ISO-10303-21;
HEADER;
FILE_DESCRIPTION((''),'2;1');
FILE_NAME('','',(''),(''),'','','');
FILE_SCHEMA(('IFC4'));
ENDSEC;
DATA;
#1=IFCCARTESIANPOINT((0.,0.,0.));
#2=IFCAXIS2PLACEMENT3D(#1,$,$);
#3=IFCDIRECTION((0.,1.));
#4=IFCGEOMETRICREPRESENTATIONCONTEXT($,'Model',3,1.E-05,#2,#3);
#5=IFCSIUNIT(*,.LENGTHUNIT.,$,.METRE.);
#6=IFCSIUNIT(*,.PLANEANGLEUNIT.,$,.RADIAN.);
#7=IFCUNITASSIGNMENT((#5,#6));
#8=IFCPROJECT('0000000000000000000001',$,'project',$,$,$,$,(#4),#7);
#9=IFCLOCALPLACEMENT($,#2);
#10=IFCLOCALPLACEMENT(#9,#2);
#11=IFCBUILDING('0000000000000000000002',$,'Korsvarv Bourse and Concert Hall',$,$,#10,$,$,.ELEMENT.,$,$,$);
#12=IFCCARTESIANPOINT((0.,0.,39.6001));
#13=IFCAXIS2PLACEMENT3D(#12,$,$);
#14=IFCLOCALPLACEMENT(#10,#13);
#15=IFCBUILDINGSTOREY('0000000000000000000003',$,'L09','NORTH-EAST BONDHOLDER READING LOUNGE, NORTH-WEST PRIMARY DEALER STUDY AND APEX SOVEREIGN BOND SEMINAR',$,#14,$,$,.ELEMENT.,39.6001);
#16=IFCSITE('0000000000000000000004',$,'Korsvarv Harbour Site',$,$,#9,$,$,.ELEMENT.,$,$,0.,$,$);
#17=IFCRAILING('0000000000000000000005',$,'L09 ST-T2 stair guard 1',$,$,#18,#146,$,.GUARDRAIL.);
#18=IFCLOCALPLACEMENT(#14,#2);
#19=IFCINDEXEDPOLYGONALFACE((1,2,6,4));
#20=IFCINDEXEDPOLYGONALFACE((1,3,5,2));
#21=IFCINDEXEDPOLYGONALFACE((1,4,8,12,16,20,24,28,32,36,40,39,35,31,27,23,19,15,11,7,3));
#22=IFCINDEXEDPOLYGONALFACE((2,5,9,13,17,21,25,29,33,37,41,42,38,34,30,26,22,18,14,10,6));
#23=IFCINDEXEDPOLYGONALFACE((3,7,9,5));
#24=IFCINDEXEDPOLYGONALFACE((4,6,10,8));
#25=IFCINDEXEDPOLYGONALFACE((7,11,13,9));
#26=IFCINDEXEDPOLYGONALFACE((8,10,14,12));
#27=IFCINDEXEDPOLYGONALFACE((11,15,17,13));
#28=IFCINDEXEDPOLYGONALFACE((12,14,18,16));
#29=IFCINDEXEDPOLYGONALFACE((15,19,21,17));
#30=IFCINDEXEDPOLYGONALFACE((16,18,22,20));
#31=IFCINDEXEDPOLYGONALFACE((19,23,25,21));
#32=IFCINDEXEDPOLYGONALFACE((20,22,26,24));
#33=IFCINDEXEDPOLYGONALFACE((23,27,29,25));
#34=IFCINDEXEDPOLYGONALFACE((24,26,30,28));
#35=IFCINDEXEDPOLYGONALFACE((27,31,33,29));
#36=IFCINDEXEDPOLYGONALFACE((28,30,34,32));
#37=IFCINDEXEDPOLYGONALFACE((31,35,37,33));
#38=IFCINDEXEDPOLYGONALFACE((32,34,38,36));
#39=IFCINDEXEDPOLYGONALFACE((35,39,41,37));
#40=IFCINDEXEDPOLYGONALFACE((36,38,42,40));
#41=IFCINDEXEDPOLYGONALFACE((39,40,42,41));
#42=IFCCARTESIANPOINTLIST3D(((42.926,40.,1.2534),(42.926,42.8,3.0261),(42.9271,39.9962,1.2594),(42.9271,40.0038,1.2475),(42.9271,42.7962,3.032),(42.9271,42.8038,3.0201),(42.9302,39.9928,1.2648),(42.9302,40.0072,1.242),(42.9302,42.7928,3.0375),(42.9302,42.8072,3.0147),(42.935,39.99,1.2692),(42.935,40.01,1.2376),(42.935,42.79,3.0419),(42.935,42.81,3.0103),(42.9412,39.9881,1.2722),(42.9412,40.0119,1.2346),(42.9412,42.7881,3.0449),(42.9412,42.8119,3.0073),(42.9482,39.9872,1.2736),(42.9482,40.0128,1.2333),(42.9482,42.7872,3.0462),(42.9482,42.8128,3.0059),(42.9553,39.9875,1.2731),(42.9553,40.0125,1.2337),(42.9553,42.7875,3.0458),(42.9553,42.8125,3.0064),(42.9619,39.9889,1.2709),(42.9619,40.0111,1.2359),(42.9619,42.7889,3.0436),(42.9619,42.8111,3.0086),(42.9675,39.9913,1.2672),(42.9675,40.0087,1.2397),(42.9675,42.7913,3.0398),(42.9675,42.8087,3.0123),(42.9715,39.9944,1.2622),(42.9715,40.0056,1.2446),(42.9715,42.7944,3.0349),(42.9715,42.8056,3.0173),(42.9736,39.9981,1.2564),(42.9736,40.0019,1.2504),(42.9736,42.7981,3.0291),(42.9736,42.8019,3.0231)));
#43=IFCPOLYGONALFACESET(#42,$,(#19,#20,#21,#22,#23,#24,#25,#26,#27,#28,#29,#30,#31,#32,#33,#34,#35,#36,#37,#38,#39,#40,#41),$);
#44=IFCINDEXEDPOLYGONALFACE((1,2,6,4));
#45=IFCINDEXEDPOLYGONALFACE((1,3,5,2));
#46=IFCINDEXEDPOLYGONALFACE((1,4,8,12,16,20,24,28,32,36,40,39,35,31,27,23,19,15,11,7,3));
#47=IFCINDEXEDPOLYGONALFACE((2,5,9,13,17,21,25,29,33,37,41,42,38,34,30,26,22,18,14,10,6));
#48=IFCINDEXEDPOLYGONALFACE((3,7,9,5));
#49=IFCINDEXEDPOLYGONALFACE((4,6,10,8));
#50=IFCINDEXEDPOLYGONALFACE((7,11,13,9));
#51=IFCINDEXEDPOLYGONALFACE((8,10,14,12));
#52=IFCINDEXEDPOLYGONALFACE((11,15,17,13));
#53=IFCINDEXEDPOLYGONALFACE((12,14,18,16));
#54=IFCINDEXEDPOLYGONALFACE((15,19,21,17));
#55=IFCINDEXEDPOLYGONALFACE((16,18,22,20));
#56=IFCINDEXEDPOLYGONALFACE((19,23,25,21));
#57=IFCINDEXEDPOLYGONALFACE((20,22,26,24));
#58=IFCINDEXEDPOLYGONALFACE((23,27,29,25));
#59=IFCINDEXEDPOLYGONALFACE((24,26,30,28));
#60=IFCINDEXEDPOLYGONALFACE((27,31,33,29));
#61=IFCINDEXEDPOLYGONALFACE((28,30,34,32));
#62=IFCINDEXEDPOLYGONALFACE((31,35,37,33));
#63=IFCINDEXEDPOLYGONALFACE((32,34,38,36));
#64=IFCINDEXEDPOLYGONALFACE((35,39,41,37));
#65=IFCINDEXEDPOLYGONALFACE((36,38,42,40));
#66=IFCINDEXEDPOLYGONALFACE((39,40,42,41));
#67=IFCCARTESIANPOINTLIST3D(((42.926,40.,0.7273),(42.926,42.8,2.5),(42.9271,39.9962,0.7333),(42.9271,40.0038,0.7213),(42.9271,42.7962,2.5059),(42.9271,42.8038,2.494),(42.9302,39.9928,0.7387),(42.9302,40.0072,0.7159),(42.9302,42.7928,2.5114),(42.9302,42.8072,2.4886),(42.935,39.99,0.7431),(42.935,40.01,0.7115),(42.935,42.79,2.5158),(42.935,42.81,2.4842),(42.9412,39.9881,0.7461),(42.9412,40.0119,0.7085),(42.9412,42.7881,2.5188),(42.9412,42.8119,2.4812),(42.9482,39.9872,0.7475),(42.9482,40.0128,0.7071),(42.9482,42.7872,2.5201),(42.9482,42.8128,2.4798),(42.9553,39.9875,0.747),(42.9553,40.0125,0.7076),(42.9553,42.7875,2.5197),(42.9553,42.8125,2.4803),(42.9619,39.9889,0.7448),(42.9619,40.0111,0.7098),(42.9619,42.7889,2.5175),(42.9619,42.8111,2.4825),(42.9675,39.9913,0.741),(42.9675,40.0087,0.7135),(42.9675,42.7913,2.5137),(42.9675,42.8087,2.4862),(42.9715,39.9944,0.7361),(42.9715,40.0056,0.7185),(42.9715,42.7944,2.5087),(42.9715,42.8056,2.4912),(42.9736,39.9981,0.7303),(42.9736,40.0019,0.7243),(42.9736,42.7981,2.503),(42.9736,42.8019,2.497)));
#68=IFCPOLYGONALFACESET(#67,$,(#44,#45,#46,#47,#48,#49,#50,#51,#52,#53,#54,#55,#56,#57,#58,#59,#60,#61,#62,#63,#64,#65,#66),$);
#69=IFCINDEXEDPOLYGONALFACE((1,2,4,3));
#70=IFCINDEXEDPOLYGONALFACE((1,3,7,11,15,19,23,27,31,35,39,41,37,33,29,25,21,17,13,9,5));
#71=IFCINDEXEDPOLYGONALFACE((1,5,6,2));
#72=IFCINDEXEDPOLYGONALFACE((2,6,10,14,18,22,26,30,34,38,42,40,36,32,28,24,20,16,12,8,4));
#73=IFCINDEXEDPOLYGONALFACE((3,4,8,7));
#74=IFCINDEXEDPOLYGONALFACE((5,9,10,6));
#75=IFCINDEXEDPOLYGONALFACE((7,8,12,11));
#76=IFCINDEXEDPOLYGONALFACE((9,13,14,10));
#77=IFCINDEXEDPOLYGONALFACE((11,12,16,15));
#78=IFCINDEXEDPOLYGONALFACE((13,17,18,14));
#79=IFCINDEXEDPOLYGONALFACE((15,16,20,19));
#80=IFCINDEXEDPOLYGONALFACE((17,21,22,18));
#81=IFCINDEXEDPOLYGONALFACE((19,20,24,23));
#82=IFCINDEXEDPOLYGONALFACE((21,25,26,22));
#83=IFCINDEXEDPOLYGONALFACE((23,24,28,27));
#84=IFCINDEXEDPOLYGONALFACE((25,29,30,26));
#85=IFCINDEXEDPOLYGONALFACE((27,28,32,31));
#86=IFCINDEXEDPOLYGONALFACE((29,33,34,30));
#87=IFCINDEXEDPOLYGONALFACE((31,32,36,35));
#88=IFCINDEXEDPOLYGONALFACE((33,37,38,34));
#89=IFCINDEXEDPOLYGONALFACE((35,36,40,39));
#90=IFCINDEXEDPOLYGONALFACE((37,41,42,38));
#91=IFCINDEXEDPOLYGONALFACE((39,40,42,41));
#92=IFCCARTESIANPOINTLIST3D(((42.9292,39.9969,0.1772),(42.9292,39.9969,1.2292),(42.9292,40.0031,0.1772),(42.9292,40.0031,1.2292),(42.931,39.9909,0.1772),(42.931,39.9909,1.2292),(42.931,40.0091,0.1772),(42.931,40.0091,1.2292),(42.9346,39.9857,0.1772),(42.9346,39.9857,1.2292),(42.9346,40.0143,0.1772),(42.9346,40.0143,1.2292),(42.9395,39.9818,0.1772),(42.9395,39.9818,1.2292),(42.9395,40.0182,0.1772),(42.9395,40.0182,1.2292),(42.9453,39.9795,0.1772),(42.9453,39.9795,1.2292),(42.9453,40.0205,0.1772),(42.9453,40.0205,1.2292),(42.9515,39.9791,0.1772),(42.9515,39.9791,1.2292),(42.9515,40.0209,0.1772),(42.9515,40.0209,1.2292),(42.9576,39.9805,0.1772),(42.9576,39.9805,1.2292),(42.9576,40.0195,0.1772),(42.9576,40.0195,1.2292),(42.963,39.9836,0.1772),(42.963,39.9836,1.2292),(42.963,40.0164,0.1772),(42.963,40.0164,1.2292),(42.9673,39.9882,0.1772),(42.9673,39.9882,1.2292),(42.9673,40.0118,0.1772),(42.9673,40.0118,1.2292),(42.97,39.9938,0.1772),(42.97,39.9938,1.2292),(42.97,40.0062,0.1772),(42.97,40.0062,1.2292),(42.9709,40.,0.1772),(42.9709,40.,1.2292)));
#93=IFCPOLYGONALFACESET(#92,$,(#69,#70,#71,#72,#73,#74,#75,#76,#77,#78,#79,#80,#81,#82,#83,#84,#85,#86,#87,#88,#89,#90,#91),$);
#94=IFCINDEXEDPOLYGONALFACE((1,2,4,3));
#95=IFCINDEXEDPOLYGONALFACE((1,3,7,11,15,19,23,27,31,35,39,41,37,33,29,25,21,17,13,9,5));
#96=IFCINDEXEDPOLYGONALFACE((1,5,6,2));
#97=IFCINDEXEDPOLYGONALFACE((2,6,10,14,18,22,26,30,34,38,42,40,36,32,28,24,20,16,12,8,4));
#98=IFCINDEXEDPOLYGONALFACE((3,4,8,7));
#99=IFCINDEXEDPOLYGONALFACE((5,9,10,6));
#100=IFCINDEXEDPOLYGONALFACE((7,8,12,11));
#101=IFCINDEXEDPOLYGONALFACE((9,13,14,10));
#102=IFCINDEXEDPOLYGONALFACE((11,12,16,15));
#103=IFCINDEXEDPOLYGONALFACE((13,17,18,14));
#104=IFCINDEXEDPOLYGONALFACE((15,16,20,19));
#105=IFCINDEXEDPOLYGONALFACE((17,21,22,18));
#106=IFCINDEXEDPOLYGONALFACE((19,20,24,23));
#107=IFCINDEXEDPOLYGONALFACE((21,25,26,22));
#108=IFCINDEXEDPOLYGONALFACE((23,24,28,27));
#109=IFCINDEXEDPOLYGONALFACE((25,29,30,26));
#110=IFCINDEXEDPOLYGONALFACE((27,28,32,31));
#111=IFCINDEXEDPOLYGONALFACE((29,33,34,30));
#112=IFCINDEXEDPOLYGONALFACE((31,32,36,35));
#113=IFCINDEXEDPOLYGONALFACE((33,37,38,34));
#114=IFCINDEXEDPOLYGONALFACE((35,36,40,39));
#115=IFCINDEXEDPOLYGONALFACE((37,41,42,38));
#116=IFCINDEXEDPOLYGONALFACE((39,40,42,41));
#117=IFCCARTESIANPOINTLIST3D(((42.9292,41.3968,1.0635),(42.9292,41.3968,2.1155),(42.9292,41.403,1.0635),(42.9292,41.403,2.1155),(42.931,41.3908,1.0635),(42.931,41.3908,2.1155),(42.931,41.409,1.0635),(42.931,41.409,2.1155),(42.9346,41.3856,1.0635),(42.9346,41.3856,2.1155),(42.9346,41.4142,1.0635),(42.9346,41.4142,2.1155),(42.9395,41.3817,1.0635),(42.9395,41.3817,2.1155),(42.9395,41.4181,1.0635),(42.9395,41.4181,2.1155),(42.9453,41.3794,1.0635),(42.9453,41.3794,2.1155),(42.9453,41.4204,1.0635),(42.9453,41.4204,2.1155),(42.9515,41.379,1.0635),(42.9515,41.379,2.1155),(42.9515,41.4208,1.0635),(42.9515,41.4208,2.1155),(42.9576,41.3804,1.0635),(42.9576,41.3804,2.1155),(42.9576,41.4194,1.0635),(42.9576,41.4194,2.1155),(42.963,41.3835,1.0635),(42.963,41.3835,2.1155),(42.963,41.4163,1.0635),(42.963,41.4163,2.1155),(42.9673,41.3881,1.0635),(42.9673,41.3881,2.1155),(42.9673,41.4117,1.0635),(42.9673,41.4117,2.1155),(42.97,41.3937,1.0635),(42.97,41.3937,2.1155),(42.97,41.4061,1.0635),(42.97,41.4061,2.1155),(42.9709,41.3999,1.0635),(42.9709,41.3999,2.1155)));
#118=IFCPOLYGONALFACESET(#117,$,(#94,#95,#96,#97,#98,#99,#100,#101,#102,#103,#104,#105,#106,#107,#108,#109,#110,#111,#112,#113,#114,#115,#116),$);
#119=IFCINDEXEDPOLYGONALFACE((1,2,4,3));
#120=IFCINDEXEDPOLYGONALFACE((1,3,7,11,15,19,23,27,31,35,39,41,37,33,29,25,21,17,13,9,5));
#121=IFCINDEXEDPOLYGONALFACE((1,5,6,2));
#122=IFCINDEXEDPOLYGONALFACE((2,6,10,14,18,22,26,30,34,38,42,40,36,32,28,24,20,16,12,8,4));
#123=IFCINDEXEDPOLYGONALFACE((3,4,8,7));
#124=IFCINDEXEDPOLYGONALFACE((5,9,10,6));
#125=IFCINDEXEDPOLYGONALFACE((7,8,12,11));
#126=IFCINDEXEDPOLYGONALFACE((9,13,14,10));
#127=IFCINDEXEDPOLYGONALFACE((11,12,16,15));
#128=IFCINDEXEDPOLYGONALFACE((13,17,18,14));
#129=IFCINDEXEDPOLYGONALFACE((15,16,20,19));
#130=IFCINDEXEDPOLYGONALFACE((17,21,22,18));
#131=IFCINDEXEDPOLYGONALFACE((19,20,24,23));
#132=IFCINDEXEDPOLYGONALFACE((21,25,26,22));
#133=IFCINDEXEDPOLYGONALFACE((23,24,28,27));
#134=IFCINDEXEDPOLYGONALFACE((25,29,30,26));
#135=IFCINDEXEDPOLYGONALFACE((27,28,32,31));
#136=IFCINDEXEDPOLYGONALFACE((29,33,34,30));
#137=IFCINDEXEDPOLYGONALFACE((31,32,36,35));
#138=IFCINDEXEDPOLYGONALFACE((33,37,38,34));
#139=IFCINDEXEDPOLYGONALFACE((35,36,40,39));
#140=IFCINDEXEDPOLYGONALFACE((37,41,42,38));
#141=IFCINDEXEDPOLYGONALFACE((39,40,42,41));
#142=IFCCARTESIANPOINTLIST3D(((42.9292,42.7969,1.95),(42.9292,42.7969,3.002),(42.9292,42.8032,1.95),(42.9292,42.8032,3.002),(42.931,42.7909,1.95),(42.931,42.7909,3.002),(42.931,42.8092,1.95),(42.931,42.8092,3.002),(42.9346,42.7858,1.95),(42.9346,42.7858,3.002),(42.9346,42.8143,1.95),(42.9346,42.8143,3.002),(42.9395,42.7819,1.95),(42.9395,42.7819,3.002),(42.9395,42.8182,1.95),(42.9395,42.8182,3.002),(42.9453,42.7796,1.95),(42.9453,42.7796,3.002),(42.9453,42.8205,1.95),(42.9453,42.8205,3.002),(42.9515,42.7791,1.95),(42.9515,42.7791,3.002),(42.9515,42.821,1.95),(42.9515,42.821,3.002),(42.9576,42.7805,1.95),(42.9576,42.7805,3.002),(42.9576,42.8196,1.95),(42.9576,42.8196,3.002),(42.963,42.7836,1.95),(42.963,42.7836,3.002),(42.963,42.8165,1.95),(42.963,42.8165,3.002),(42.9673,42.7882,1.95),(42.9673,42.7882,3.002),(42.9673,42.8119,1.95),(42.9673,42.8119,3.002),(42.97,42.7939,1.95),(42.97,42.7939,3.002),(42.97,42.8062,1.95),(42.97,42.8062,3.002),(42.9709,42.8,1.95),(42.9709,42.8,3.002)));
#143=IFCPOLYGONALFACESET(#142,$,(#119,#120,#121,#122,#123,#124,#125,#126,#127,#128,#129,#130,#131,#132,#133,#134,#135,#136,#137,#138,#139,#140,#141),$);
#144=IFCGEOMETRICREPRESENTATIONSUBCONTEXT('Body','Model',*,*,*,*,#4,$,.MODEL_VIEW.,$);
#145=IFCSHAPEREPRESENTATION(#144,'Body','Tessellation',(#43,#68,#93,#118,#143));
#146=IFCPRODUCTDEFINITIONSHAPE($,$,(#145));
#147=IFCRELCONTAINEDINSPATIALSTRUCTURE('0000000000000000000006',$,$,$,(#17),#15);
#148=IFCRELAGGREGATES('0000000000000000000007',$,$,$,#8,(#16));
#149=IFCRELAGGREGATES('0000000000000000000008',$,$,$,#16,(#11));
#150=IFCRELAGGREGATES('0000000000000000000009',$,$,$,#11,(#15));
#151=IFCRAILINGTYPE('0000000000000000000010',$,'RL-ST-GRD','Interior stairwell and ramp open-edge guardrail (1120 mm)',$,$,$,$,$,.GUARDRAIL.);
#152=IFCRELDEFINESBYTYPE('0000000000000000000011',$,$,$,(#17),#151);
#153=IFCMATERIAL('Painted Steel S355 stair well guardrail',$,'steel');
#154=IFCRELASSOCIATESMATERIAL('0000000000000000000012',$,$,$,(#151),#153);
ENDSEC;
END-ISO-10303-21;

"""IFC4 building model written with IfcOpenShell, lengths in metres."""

from ifc_helpers import new_model, si_unit, direction, frame, origin, origin_2d, place, context, subcontext, project, spatial, circle, extrude, material, type_object, element, save


model = new_model("IFC4")

# Units and contexts
model_context = context("Model", 3, precision=1e-05, world=origin(), true_north=direction((0.0, 1.0)))
body_context = subcontext(model_context, "Body", "Model", "MODEL_VIEW")
ifc_project = project(units=[si_unit("LENGTHUNIT", "METRE"), si_unit("PLANEANGLEUNIT", "RADIAN")], contexts=[model_context])

# Site, building, storey
site_placement = place(None, origin())
site = spatial("IfcSite", under=ifc_project, at=site_placement, Name="Korsvarv Harbour Site", CompositionType="ELEMENT", RefElevation=0.0)
building_placement = place(site_placement, origin())
building = spatial("IfcBuilding", under=site, at=building_placement, Name="Korsvarv Bourse and Concert Hall", CompositionType="ELEMENT")
storey_placement = place(building_placement, frame((0.0, 0.0, 39.6001)))
storey = spatial("IfcBuildingStorey", under=building, at=storey_placement, Name="L09", Description="NORTH-EAST BONDHOLDER READING LOUNGE, NORTH-WEST PRIMARY DEALER STUDY AND APEX SOVEREIGN BOND SEMINAR", CompositionType="ELEMENT", Elevation=39.6001)

# Railing
ifc_material_1 = material(Name="Painted Steel S355 stair well guardrail", Category="steel")
railing_type_1 = type_object("IfcRailingType", Name="RL-ST-GRD", Description="Interior stairwell and ramp open-edge guardrail (1120 mm)", PredefinedType="GUARDRAIL", material=ifc_material_1)
railing_1_placement = place(storey_placement, frame((42.95, 40.0, 0.1772)))
element("IfcRailing", 1, at=railing_1_placement, inside=storey, type_object=railing_type_1, Name="L09 ST-T2 stair guard 1", PredefinedType="GUARDRAIL", context=body_context, shape_type="SweptSolid", body=[
    extrude(circle(Radius=0.0239, at=origin_2d()), frame((0.0, 0.0, 1.0762), z_axis=(0.0, 0.844909, 0.53491), x_axis=(-1.0, 0.0, 0.0)), (0.0, 0.0, 1.0), 3.314),
    extrude(circle(Radius=0.0239, at=origin_2d()), frame((0.0, 0.0, 0.55), z_axis=(0.0, 0.844909, 0.53491), x_axis=(-1.0, 0.0, 0.0)), (0.0, 0.0, 1.0), 3.314),
    extrude(circle(Radius=0.021, at=origin_2d()), origin(), (0.0, 0.0, 1.0), 1.052),
    extrude(circle(Radius=0.021, at=origin_2d()), frame((0.0, 1.3999, 0.8862)), (0.0, 0.0, 1.0), 1.052),
    extrude(circle(Radius=0.021, at=origin_2d()), frame((0.0, 2.8, 1.7727)), (0.0, 0.0, 1.0), 1.052),
])

save(model, "model.ifc")
